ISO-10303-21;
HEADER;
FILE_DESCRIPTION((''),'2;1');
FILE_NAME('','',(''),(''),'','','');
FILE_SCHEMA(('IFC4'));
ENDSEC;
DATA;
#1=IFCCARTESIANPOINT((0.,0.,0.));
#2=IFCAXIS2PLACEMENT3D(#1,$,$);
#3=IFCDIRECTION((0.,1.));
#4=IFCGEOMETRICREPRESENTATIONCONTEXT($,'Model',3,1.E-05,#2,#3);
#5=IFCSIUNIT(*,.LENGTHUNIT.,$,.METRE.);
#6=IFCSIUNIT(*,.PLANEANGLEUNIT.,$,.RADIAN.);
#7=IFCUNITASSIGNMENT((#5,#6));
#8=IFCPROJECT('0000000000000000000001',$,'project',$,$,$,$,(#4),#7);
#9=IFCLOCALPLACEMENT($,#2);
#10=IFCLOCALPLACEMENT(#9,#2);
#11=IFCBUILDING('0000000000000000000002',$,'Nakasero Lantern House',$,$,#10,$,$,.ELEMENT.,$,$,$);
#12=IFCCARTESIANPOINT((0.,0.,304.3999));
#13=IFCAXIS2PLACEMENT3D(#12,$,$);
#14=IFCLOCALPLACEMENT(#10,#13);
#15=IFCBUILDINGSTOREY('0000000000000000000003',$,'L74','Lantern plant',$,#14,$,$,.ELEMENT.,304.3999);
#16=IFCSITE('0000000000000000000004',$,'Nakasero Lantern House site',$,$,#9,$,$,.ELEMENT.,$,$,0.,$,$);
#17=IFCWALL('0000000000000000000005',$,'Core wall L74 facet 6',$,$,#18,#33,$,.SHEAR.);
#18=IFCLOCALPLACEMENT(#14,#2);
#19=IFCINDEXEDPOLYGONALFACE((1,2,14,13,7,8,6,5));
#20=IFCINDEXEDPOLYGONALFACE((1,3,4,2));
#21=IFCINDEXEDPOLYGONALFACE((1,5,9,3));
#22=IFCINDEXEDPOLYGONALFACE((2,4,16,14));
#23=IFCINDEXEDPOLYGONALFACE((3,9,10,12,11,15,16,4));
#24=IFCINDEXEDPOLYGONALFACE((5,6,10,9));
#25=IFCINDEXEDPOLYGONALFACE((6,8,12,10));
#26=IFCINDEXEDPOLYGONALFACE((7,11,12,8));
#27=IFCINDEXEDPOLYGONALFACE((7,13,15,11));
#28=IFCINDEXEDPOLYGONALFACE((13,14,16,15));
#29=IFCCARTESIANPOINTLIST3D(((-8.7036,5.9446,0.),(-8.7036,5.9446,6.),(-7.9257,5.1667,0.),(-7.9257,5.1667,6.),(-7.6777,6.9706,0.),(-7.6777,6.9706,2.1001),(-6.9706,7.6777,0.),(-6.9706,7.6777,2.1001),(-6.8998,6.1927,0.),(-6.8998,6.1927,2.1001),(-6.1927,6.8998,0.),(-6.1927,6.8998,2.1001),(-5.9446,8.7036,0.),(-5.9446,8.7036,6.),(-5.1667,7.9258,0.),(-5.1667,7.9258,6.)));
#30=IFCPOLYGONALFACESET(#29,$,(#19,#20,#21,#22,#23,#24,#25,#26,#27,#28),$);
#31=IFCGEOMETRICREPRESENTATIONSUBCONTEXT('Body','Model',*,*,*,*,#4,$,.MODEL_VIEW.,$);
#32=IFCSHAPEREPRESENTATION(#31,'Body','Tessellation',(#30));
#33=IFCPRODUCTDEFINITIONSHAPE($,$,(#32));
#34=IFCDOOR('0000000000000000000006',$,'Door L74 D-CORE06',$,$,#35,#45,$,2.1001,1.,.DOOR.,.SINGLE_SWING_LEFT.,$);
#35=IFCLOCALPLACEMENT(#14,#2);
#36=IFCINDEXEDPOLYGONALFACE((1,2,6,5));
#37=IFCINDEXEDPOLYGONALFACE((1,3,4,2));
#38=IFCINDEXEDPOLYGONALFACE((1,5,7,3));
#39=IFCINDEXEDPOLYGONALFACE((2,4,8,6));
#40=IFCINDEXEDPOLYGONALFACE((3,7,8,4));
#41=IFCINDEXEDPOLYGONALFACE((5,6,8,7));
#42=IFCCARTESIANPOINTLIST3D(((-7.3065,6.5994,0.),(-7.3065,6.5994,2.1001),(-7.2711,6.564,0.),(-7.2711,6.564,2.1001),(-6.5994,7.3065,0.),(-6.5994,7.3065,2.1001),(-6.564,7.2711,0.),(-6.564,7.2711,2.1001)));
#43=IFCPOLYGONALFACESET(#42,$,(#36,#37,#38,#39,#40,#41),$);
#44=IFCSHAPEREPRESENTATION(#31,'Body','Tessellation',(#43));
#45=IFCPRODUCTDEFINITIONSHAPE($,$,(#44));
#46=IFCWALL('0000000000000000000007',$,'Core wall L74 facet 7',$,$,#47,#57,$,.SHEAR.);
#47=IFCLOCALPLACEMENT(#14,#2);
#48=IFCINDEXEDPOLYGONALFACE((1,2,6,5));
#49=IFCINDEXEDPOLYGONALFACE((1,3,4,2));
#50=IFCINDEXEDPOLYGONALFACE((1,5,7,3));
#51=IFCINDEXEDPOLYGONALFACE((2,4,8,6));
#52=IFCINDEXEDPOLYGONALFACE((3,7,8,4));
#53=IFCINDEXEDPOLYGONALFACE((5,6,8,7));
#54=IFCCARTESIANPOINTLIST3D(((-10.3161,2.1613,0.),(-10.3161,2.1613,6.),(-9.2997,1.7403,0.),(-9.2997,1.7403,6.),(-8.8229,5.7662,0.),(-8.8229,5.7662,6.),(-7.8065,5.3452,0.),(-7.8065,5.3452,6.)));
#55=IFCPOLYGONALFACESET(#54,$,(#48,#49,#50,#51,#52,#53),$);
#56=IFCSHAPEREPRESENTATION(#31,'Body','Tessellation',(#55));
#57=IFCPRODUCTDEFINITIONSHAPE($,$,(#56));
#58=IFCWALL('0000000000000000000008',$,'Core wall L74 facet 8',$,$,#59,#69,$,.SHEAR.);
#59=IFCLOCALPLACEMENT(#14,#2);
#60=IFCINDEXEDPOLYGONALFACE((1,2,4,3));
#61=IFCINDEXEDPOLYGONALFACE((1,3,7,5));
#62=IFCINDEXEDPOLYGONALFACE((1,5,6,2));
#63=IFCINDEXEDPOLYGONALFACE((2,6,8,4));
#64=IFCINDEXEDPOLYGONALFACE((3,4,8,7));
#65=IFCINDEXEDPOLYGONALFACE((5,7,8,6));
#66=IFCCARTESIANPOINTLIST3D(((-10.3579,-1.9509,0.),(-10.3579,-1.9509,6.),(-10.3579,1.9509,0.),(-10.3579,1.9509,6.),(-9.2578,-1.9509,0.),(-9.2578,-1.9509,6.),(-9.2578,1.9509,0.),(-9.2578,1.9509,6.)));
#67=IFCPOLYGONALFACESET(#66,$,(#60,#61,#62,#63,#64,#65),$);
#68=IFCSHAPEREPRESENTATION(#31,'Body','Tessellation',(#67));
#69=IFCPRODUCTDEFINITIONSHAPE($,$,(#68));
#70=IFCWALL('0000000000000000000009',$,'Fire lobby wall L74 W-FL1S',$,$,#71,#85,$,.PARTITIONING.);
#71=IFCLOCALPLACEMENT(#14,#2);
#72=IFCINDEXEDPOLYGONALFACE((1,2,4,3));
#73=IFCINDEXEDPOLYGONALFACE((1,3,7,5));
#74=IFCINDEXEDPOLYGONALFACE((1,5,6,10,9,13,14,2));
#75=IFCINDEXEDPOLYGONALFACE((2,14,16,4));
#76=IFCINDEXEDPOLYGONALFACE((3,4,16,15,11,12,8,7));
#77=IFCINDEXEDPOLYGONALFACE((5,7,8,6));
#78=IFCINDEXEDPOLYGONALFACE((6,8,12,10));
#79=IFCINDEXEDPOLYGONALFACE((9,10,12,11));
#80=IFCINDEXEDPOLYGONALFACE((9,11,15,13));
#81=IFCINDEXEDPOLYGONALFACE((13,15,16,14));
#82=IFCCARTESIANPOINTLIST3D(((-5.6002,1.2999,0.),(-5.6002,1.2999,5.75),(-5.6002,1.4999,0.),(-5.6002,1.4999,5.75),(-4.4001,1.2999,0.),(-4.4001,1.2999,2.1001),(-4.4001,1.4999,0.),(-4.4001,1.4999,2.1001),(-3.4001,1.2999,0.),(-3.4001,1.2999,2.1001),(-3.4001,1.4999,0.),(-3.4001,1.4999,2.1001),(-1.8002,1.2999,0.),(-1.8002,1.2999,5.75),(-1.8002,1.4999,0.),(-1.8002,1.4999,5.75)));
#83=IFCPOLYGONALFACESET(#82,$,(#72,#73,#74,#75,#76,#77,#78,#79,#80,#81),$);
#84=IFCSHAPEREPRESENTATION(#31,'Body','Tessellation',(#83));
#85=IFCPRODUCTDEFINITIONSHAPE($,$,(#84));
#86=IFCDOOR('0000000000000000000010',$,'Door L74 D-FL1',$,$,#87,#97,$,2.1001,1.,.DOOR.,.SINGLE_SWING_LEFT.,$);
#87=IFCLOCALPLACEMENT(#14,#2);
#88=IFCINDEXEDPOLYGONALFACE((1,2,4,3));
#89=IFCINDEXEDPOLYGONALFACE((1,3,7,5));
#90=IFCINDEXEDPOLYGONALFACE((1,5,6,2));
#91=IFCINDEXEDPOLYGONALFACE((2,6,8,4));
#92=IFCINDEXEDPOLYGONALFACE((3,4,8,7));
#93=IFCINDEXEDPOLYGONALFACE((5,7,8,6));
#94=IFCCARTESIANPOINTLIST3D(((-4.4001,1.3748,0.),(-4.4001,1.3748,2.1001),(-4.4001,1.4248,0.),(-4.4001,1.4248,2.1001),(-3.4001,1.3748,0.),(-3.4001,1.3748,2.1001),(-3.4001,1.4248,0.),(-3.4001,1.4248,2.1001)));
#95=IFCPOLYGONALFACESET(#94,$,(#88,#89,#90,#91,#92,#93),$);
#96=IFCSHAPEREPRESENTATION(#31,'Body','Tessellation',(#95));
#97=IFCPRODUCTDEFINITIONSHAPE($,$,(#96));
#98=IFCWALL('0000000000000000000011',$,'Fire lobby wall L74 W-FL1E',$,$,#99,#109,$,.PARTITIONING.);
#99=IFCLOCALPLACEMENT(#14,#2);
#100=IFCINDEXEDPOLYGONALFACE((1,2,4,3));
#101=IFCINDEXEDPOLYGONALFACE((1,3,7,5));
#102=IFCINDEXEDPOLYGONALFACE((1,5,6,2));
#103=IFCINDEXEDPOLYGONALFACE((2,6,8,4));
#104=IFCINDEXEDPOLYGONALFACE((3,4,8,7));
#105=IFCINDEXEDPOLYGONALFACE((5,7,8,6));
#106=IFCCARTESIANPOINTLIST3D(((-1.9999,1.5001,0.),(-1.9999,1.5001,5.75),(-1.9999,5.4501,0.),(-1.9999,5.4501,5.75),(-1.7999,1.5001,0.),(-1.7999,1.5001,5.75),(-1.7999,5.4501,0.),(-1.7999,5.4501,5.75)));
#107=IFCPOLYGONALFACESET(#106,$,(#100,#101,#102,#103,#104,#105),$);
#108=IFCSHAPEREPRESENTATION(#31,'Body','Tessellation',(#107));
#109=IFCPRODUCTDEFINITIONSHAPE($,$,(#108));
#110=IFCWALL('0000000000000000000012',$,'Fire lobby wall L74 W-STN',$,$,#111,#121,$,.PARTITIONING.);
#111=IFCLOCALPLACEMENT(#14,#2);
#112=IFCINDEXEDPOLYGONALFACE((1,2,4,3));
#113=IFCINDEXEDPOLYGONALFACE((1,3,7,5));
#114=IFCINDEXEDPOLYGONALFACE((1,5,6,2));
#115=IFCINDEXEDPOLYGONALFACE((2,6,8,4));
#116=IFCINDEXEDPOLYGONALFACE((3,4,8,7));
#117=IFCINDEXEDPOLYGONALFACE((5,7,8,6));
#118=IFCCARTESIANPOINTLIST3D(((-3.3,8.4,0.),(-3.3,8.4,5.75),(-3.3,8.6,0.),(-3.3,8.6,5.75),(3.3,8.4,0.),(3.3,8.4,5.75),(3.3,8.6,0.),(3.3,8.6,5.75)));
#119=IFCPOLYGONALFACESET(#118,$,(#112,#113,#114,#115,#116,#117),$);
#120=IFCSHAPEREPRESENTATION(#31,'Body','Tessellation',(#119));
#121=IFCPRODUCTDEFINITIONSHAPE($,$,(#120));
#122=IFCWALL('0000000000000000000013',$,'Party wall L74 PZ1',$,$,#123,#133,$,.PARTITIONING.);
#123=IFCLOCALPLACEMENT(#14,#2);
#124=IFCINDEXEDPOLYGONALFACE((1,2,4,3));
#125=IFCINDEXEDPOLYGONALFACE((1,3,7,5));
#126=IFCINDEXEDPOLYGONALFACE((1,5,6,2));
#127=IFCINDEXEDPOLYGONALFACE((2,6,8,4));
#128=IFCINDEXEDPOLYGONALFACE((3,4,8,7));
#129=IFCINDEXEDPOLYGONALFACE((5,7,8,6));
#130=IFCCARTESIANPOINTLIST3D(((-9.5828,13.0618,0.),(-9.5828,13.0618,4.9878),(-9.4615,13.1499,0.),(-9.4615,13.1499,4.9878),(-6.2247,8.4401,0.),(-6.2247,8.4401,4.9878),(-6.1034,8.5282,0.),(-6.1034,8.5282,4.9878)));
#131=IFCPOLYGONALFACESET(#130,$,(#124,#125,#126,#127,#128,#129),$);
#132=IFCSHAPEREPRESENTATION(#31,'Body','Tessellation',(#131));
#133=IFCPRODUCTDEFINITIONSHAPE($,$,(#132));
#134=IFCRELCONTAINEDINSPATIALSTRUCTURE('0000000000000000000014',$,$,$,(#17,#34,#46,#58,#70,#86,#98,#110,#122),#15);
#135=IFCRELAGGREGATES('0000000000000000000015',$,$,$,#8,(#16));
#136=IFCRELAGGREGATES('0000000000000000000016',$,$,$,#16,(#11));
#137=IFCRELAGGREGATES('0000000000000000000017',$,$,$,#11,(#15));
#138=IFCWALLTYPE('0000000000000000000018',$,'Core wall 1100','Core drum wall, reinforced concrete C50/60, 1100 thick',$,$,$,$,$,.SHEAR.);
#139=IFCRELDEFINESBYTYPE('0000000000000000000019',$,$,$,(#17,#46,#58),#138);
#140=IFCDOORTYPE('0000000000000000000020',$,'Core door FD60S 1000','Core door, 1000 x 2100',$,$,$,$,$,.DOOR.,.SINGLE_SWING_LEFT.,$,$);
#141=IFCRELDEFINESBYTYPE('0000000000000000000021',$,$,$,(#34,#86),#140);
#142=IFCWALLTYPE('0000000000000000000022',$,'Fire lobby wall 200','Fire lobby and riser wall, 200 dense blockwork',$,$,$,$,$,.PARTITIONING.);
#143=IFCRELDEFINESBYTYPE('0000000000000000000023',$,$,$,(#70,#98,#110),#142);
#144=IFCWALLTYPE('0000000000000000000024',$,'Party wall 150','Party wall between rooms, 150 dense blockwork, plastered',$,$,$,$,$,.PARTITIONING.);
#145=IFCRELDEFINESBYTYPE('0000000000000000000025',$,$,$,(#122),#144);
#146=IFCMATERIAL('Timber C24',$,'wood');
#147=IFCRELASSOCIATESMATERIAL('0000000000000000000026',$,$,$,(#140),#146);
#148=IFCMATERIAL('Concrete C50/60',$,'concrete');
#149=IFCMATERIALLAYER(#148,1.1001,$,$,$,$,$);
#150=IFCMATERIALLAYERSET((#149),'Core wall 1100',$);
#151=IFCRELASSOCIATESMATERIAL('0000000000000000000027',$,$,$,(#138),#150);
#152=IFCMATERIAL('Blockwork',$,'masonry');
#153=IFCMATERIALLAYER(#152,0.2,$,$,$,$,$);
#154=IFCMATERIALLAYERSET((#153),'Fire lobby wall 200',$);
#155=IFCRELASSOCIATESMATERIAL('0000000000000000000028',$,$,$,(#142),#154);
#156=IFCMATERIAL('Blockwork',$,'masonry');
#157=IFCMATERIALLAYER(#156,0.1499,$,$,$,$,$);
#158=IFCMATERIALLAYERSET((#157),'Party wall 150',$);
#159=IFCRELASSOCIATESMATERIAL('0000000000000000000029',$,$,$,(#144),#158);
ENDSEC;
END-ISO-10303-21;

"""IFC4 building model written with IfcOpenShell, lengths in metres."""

from ifc_helpers import new_model, si_unit, direction, frame, frame_2d, origin, place, context, subcontext, project, spatial, rectangle, extrude, material, layer, layer_set, type_object, element, fill, save


model = new_model("IFC4")

# Units and contexts
model_context = context("Model", 3, precision=1e-05, world=origin(), true_north=direction((0.0, 1.0)))
body_context = subcontext(model_context, "Body", "Model", "MODEL_VIEW")
ifc_project = project(units=[si_unit("LENGTHUNIT", "METRE"), si_unit("PLANEANGLEUNIT", "RADIAN")], contexts=[model_context])

# Site, building, storey
site_placement = place(None, origin())
site = spatial("IfcSite", under=ifc_project, at=site_placement, Name="Nakasero Lantern House site", CompositionType="ELEMENT", RefElevation=0.0)
building_placement = place(site_placement, origin())
building = spatial("IfcBuilding", under=site, at=building_placement, Name="Nakasero Lantern House", CompositionType="ELEMENT")
storey_placement = place(building_placement, frame((0.0, 0.0, 304.3999)))
storey = spatial("IfcBuildingStorey", under=building, at=storey_placement, Name="L74", Description="Lantern plant", CompositionType="ELEMENT", Elevation=304.3999)

# Shared definitions
ifc_material_1 = material(Name="Timber C24", Category="wood")
door_type = type_object("IfcDoorType", Name="Core door FD60S 1000", Description="Core door, 1000 x 2100", OperationType="SINGLE_SWING_LEFT", PredefinedType="DOOR", material=ifc_material_1)

# Shared definitions
ifc_material_2 = material(Name="Concrete C50/60", Category="concrete")
ifc_layer_1 = layer(ifc_material_2, 1.1001)
ifc_layer_set_1 = layer_set([ifc_layer_1], Name="Core wall 1100")
wall_type_1 = type_object("IfcWallType", Name="Core wall 1100", Description="Core drum wall, reinforced concrete C50/60, 1100 thick", PredefinedType="SHEAR", material=ifc_layer_set_1)

# Wall, opening, door
wall_1_placement = place(storey_placement, frame((-5.5557, 8.3147, 0.0), z_axis=(0.0, 0.0, 1.0), x_axis=(-0.707107, -0.707107, 0.0)))
wall_1 = element("IfcWall", 1, at=wall_1_placement, inside=storey, type_object=wall_type_1, Name="Core wall L74 facet 6", PredefinedType="SHEAR", context=body_context, shape_type="SweptSolid", body=[
    extrude(rectangle(XDim=3.9019, YDim=1.1001, at=frame_2d((1.9509, 0.0))), origin(), (0.0, 0.0, 1.0), 6.0),
])
opening_1_placement = place(wall_1_placement, frame((1.4509, 0.0, 0.0)))
opening_1 = element("IfcOpeningElement", 2, at=opening_1_placement, cuts=wall_1, PredefinedType="OPENING", context=body_context, shape_type="SweptSolid", body=[
    extrude(rectangle(XDim=1.0, YDim=2.1001, at=frame_2d((0.5, 1.05))), frame((0.0, 0.5701, 0.0), z_axis=(0.0, -1.0, 0.0), x_axis=(1.0, 0.0, 0.0)), (0.0, 0.0, 1.0), 1.1401),
])
door_1_placement = place(opening_1_placement, origin())
door_1 = element("IfcDoor", 3, at=door_1_placement, inside=storey, type_object=door_type, Name="Door L74 D-CORE06", OperationType="SINGLE_SWING_LEFT", OverallHeight=2.1001, OverallWidth=1.0, PredefinedType="DOOR", context=body_context, shape_type="SweptSolid", body=[
    extrude(rectangle(XDim=1.0, YDim=2.1001, at=frame_2d((0.5, 1.05))), frame((0.0, 0.0249, 0.0), z_axis=(0.0, -1.0, 0.0), x_axis=(1.0, 0.0, 0.0)), (0.0, 0.0, 1.0), 0.05),
])
fill(opening_1, door_1)

# Walls
for number, where, z_axis, x_axis, name in (
    (4, (-8.3147, 5.5557, 0.0), (0.0, 0.0, 1.0), (-0.382691, -0.923877, 0.0), "Core wall L74 facet 7"),
    (5, (-9.8079, 1.9509, 0.0), (0.0, 0.0, 1.0), (0.0, -1.0, 0.0), "Core wall L74 facet 8"),
):
    element("IfcWall", number, at=place(storey_placement, frame(where, z_axis=z_axis, x_axis=x_axis)), inside=storey, type_object=wall_type_1, Name=name, PredefinedType="SHEAR", context=body_context, shape_type="SweptSolid", body=[
        extrude(rectangle(XDim=3.9019, YDim=1.1001, at=frame_2d((1.9509, 0.0))), origin(), (0.0, 0.0, 1.0), 6.0),
    ])

# Wall, opening, door
ifc_material_3 = material(Name="Blockwork", Category="masonry")
ifc_layer_2 = layer(ifc_material_3, 0.2)
ifc_layer_set_2 = layer_set([ifc_layer_2], Name="Fire lobby wall 200")
wall_type_2 = type_object("IfcWallType", Name="Fire lobby wall 200", Description="Fire lobby and riser wall, 200 dense blockwork", PredefinedType="PARTITIONING", material=ifc_layer_set_2)
wall_2_placement = place(storey_placement, frame((-5.6001, 1.3999, 0.0), z_axis=(0.0, 0.0, 1.0), x_axis=(1.0, 0.0, 0.0)))
wall_2 = element("IfcWall", 6, at=wall_2_placement, inside=storey, type_object=wall_type_2, Name="Fire lobby wall L74 W-FL1S", PredefinedType="PARTITIONING", context=body_context, shape_type="SweptSolid", body=[
    extrude(rectangle(XDim=3.8, YDim=0.2, at=frame_2d((1.8999, 0.0))), origin(), (0.0, 0.0, 1.0), 5.75),
])
opening_2_placement = place(wall_2_placement, frame((1.2, 0.0, 0.0)))
opening_2 = element("IfcOpeningElement", 7, at=opening_2_placement, cuts=wall_2, PredefinedType="OPENING", context=body_context, shape_type="SweptSolid", body=[
    extrude(rectangle(XDim=1.0, YDim=2.1001, at=frame_2d((0.5, 1.05))), frame((0.0, 0.1199, 0.0), z_axis=(0.0, -1.0, 0.0), x_axis=(1.0, 0.0, 0.0)), (0.0, 0.0, 1.0), 0.24),
])
door_2_placement = place(opening_2_placement, origin())
door_2 = element("IfcDoor", 8, at=door_2_placement, inside=storey, type_object=door_type, Name="Door L74 D-FL1", OperationType="SINGLE_SWING_LEFT", OverallHeight=2.1001, OverallWidth=1.0, PredefinedType="DOOR", context=body_context, shape_type="SweptSolid", body=[
    extrude(rectangle(XDim=1.0, YDim=2.1001, at=frame_2d((0.5, 1.05))), frame((0.0, 0.0249, 0.0), z_axis=(0.0, -1.0, 0.0), x_axis=(1.0, 0.0, 0.0)), (0.0, 0.0, 1.0), 0.05),
])
fill(opening_2, door_2)

# Walls
wall_3_placement = place(storey_placement, frame((-1.8999, 1.5, 0.0), z_axis=(0.0, 0.0, 1.0), x_axis=(0.0, 1.0, 0.0)))
element("IfcWall", 9, at=wall_3_placement, inside=storey, type_object=wall_type_2, Name="Fire lobby wall L74 W-FL1E", PredefinedType="PARTITIONING", context=body_context, shape_type="SweptSolid", body=[
    extrude(rectangle(XDim=3.95, YDim=0.2, at=frame_2d((1.9751, 0.0))), origin(), (0.0, 0.0, 1.0), 5.75),
])
wall_4_placement = place(storey_placement, frame((-3.3, 8.5, 0.0), z_axis=(0.0, 0.0, 1.0), x_axis=(1.0, 0.0, 0.0)))
element("IfcWall", 10, at=wall_4_placement, inside=storey, type_object=wall_type_2, Name="Fire lobby wall L74 W-STN", PredefinedType="PARTITIONING", context=body_context, shape_type="SweptSolid", body=[
    extrude(rectangle(XDim=6.6001, YDim=0.2, at=frame_2d((3.3, 0.0))), origin(), (0.0, 0.0, 1.0), 5.75),
])
ifc_material_4 = material(Name="Blockwork", Category="masonry")
ifc_layer_3 = layer(ifc_material_4, 0.1499)
ifc_layer_set_3 = layer_set([ifc_layer_3], Name="Party wall 150")
wall_type_3 = type_object("IfcWallType", Name="Party wall 150", Description="Party wall between rooms, 150 dense blockwork, plastered", PredefinedType="PARTITIONING", material=ifc_layer_set_3)
wall_5_placement = place(storey_placement, frame((-6.1641, 8.4841, 0.0), z_axis=(0.0, 0.0, 1.0), x_axis=(-0.587808, 0.809, 0.0)))
element("IfcWall", 11, at=wall_5_placement, inside=storey, type_object=wall_type_3, Name="Party wall L74 PZ1", PredefinedType="PARTITIONING", context=body_context, shape_type="SweptSolid", body=[
    extrude(rectangle(XDim=5.7129, YDim=0.1499, at=frame_2d((2.8564, 0.0))), origin(), (0.0, 0.0, 1.0), 4.9878),
])

save(model, "model.ifc")
